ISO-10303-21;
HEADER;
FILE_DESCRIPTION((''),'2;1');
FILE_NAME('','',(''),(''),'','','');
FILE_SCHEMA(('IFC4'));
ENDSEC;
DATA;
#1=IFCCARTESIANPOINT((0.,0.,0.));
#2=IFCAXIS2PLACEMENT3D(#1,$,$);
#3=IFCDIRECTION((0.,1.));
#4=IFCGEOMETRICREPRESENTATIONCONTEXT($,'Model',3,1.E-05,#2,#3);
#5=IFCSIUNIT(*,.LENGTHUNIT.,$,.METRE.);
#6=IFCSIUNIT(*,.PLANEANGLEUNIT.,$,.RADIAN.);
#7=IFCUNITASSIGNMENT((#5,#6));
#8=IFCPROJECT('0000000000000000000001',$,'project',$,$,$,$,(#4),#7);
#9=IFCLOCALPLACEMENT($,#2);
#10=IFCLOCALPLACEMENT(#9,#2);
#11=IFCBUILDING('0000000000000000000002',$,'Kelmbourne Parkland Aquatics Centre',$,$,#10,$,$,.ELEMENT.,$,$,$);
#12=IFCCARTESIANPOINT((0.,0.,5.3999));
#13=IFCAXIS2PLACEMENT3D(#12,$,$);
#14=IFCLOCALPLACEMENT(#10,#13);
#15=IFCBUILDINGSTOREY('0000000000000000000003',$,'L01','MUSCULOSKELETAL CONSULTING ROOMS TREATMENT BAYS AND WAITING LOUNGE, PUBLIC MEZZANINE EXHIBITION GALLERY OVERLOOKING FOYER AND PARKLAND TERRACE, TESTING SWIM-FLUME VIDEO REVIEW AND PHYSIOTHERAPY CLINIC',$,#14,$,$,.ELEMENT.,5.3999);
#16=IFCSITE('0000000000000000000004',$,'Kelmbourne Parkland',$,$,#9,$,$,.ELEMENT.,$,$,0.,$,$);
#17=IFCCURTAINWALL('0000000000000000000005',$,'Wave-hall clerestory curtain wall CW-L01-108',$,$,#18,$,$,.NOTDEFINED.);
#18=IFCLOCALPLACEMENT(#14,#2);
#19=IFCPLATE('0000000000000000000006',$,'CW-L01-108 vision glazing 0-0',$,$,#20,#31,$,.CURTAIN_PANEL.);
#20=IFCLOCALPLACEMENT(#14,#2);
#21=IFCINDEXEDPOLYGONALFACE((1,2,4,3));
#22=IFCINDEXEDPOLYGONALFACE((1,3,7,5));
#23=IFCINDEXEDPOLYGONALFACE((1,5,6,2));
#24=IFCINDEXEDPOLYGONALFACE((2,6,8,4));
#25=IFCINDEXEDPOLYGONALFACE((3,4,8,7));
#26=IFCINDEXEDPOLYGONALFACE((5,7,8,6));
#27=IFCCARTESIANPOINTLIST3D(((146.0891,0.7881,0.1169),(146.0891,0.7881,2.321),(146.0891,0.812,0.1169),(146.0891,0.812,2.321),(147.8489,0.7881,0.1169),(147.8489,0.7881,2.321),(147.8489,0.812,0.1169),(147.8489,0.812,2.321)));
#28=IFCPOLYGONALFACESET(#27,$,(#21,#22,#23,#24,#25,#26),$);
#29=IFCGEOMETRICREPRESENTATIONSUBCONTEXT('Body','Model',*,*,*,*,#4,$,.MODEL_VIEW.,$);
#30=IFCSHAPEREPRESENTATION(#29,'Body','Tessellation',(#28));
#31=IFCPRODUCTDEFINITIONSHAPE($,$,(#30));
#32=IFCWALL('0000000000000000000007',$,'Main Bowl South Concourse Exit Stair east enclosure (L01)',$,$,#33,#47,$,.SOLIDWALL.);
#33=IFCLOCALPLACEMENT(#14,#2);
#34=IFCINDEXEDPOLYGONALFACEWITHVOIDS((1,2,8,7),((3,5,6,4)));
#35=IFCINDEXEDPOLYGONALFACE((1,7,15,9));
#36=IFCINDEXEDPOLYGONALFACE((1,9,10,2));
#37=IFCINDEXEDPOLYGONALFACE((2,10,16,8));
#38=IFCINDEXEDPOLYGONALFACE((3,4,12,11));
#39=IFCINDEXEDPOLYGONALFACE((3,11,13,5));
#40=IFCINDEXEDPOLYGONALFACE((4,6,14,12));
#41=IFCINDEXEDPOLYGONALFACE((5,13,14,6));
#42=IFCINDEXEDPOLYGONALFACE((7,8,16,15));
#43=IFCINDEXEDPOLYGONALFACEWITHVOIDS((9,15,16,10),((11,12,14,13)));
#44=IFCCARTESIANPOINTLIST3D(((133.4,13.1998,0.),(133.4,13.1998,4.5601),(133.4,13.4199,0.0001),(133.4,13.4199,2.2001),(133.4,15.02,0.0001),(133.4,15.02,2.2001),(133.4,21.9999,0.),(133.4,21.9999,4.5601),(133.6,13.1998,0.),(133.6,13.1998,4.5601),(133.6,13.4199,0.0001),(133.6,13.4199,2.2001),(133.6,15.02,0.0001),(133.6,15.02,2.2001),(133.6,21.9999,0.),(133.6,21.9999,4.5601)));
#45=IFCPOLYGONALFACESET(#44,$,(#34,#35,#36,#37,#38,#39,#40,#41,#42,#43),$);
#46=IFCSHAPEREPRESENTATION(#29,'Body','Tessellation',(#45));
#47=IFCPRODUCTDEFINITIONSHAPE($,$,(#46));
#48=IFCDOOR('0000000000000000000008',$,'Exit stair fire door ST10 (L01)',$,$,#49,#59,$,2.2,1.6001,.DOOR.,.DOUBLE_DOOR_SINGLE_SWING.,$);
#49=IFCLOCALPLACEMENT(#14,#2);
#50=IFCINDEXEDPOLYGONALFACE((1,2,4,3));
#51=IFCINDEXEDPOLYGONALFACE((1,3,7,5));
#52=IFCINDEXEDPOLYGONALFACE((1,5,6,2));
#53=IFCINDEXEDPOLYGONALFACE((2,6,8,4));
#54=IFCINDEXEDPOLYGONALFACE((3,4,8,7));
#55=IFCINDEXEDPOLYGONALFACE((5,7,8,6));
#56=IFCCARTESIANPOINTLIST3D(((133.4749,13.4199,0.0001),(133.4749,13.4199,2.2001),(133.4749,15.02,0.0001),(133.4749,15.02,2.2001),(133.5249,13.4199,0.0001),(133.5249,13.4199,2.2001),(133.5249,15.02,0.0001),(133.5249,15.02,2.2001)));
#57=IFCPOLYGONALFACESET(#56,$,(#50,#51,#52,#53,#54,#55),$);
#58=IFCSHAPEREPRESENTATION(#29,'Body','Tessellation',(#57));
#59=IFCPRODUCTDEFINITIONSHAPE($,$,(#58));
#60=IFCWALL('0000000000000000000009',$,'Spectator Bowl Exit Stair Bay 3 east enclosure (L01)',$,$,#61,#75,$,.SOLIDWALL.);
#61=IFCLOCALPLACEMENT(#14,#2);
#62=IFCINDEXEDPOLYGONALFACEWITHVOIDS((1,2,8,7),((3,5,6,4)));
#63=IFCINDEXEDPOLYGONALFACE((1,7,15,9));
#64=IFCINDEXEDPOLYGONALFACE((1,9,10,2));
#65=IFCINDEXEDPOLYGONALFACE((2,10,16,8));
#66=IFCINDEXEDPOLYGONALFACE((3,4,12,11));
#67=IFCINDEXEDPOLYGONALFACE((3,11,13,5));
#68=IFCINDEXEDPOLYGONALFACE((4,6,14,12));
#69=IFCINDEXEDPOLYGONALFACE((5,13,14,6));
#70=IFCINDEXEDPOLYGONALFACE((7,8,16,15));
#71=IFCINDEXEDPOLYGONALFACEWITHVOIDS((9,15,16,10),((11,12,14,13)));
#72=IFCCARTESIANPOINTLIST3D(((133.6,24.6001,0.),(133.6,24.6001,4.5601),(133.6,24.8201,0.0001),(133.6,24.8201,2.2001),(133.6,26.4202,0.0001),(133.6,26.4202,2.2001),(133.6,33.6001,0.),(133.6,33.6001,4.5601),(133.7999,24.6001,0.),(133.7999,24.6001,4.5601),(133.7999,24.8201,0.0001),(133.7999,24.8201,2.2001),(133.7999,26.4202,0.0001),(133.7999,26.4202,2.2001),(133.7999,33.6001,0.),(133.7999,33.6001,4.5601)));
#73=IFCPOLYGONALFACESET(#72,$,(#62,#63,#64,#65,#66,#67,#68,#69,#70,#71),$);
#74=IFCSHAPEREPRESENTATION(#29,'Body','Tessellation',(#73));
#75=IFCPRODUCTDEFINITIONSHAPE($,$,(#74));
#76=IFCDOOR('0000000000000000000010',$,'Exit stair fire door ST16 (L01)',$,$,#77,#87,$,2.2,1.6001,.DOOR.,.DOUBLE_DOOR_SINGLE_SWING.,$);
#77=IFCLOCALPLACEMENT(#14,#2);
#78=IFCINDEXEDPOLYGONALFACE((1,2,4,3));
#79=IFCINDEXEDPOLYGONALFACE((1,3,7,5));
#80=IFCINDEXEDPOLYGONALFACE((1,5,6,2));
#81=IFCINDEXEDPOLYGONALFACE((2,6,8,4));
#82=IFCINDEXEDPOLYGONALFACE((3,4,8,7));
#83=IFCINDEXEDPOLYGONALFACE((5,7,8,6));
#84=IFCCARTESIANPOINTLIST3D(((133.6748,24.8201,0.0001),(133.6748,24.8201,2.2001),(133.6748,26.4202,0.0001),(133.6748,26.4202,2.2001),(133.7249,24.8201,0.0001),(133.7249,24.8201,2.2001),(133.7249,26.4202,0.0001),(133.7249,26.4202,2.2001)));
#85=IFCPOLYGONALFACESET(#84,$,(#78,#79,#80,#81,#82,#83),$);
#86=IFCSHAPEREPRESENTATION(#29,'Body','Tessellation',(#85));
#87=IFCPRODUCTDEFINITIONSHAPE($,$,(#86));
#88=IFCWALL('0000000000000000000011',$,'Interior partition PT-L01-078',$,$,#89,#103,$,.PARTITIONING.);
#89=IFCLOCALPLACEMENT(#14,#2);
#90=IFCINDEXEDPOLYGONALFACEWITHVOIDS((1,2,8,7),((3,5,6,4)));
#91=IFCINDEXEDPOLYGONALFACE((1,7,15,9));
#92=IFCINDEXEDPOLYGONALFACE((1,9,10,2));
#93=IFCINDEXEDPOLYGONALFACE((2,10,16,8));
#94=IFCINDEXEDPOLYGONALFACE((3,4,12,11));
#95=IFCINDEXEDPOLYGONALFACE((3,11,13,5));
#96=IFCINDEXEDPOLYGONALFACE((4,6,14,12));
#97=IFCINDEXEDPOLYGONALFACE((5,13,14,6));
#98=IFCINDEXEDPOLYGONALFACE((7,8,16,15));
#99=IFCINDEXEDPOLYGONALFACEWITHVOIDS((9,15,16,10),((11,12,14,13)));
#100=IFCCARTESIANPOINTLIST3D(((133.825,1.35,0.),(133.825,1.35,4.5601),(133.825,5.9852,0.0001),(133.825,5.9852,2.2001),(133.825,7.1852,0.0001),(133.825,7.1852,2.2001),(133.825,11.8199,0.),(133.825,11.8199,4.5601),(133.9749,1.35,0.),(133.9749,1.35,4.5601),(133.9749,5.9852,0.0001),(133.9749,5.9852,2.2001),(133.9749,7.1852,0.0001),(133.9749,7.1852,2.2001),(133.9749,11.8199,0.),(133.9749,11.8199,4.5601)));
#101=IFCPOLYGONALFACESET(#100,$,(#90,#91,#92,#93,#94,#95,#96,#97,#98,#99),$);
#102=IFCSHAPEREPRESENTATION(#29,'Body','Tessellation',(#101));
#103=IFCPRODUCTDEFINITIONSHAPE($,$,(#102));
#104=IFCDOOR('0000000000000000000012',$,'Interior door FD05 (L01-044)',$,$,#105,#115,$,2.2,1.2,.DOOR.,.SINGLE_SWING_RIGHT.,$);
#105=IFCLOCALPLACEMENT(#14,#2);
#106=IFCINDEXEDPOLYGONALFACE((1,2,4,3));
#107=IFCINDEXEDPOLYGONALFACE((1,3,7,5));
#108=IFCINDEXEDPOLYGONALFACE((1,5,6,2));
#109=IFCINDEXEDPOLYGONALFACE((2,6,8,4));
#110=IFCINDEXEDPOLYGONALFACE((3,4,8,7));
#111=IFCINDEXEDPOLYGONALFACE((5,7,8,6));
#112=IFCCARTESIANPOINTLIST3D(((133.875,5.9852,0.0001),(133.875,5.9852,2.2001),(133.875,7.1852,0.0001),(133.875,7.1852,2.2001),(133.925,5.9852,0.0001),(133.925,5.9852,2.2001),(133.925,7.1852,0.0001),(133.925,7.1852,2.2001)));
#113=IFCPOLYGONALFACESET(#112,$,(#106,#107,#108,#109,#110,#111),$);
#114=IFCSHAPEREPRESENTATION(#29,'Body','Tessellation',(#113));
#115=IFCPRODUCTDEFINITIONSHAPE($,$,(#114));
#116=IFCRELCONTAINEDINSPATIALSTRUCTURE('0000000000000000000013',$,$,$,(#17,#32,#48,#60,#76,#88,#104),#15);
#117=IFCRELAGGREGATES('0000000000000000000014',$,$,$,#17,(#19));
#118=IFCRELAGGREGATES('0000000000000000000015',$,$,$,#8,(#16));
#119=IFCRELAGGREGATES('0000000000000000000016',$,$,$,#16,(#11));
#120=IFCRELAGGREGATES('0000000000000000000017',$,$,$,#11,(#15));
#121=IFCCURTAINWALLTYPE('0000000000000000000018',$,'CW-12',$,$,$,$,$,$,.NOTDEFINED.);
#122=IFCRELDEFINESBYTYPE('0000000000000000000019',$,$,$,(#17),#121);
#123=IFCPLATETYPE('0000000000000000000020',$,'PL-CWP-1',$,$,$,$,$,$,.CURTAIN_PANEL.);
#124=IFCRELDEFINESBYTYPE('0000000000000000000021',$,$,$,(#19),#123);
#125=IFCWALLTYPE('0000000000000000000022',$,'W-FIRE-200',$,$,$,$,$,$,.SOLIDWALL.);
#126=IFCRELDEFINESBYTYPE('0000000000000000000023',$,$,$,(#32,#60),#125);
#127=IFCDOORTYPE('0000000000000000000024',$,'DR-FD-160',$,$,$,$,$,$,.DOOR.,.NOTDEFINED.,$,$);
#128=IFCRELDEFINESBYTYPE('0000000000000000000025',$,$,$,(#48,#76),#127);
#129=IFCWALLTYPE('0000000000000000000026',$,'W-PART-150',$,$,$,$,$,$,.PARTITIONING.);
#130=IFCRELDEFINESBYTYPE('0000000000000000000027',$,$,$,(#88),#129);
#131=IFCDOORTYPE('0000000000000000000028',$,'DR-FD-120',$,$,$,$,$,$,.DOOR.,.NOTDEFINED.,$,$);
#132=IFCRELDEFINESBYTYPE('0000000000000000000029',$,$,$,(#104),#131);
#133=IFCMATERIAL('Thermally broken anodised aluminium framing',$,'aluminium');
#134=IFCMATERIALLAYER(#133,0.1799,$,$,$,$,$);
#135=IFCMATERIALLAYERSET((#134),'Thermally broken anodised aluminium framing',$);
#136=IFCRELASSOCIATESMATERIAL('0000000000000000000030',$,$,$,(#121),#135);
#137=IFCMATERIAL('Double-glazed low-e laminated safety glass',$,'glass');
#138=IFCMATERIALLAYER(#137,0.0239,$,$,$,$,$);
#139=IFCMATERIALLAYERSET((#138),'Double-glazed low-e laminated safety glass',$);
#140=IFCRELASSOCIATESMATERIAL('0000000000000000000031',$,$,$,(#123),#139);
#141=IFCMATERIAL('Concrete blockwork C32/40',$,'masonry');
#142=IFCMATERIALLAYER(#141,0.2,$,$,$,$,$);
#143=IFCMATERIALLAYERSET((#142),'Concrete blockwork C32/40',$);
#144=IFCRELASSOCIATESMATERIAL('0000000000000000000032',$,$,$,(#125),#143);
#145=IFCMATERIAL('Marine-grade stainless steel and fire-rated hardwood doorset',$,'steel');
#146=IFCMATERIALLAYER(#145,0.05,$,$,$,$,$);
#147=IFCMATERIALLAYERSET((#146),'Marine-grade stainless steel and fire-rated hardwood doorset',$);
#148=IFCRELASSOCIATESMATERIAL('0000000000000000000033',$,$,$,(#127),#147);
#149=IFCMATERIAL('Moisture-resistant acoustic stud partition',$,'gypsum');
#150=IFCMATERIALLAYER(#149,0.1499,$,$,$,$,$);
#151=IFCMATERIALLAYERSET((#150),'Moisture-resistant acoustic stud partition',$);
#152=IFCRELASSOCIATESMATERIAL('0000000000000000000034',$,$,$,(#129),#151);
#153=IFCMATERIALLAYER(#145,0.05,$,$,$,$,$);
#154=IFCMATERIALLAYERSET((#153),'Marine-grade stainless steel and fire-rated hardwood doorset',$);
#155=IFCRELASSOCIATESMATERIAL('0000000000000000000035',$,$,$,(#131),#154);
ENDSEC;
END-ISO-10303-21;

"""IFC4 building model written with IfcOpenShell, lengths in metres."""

from ifc_helpers import new_model, si_unit, direction, frame, frame_2d, origin, origin_2d, place, context, subcontext, project, spatial, rectangle, extrude, material, layer, layer_set, type_object, element, fill, aggregate, save


model = new_model("IFC4")

# Units and contexts
model_context = context("Model", 3, precision=1e-05, world=origin(), true_north=direction((0.0, 1.0)))
body_context = subcontext(model_context, "Body", "Model", "MODEL_VIEW")
ifc_project = project(units=[si_unit("LENGTHUNIT", "METRE"), si_unit("PLANEANGLEUNIT", "RADIAN")], contexts=[model_context])

# Site, building, storey
site_placement = place(None, origin())
site = spatial("IfcSite", under=ifc_project, at=site_placement, Name="Kelmbourne Parkland", CompositionType="ELEMENT", RefElevation=0.0)
building_placement = place(site_placement, origin())
building = spatial("IfcBuilding", under=site, at=building_placement, Name="Kelmbourne Parkland Aquatics Centre", CompositionType="ELEMENT")
storey_placement = place(building_placement, frame((0.0, 0.0, 5.3999)))
storey = spatial("IfcBuildingStorey", under=building, at=storey_placement, Name="L01", Description="MUSCULOSKELETAL CONSULTING ROOMS TREATMENT BAYS AND WAITING LOUNGE, PUBLIC MEZZANINE EXHIBITION GALLERY OVERLOOKING FOYER AND PARKLAND TERRACE, TESTING SWIM-FLUME VIDEO REVIEW AND PHYSIOTHERAPY CLINIC", CompositionType="ELEMENT", Elevation=5.3999)

# Shared definitions
ifc_material_1 = material(Name="Thermally broken anodised aluminium framing", Category="aluminium")

# Curtain wall
ifc_layer_1 = layer(ifc_material_1, 0.1799)
ifc_layer_set_1 = layer_set([ifc_layer_1], Name="Thermally broken anodised aluminium framing")
curtain_wall_type_1 = type_object("IfcCurtainWallType", Name="CW-12", PredefinedType="NOTDEFINED", material=ifc_layer_set_1)
curtain_wall_1_placement = place(storey_placement, origin())
curtain_wall_1 = element("IfcCurtainWall", 1, at=curtain_wall_1_placement, inside=storey, type_object=curtain_wall_type_1, Name="Wave-hall clerestory curtain wall CW-L01-108", PredefinedType="NOTDEFINED")

# Plate
ifc_material_2 = material(Name="Double-glazed low-e laminated safety glass", Category="glass")
ifc_layer_2 = layer(ifc_material_2, 0.0239)
ifc_layer_set_2 = layer_set([ifc_layer_2], Name="Double-glazed low-e laminated safety glass")
plate_type_1 = type_object("IfcPlateType", Name="PL-CWP-1", PredefinedType="CURTAIN_PANEL", material=ifc_layer_set_2)
plate_1_placement = place(storey_placement, frame((146.969, 0.8, 0.1169), z_axis=(0.0, 0.0, 1.0), x_axis=(1.0, 0.0, 0.0)))
plate_1 = element("IfcPlate", 2, at=plate_1_placement, type_object=plate_type_1, Name="CW-L01-108 vision glazing 0-0", PredefinedType="CURTAIN_PANEL", context=body_context, shape_type="SweptSolid", body=[
    extrude(rectangle(XDim=1.7598, YDim=0.0239, at=origin_2d()), origin(), (0.0, 0.0, 1.0), 2.2041),
])
aggregate(curtain_wall_1, [plate_1])

# Walls, openings, doors
ifc_material_3 = material(Name="Concrete blockwork C32/40", Category="masonry")
ifc_layer_3 = layer(ifc_material_3, 0.2)
ifc_layer_set_3 = layer_set([ifc_layer_3], Name="Concrete blockwork C32/40")
wall_type_1 = type_object("IfcWallType", Name="W-FIRE-200", PredefinedType="SOLIDWALL", material=ifc_layer_set_3)
wall_1_placement = place(storey_placement, frame((133.5, 13.2, 0.0), z_axis=(0.0, 0.0, 1.0), x_axis=(0.0, 1.0, 0.0)))
wall_1 = element("IfcWall", 3, at=wall_1_placement, inside=storey, type_object=wall_type_1, Name="Main Bowl South Concourse Exit Stair east enclosure (L01)", PredefinedType="SOLIDWALL", context=body_context, shape_type="SweptSolid", body=[
    extrude(rectangle(XDim=8.8, YDim=0.2, at=frame_2d((4.3999, 0.0))), origin(), (0.0, 0.0, 1.0), 4.5601),
])
opening_1_placement = place(wall_1_placement, frame((0.22, 0.0, 0.0)))
opening_1 = element("IfcOpeningElement", 4, at=opening_1_placement, cuts=wall_1, PredefinedType="OPENING", context=body_context, shape_type="SweptSolid", body=[
    extrude(rectangle(XDim=1.6001, YDim=2.2, at=frame_2d((0.8, 1.1001))), frame((0.0, 0.1118, 0.0), z_axis=(0.0, -1.0, 0.0), x_axis=(1.0, 0.0, 0.0)), (0.0, 0.0, 1.0), 0.2239),
])
ifc_material_4 = material(Name="Marine-grade stainless steel and fire-rated hardwood doorset", Category="steel")
ifc_layer_4 = layer(ifc_material_4, 0.05)
ifc_layer_set_4 = layer_set([ifc_layer_4], Name="Marine-grade stainless steel and fire-rated hardwood doorset")
door_type_1 = type_object("IfcDoorType", Name="DR-FD-160", OperationType="NOTDEFINED", PredefinedType="DOOR", material=ifc_layer_set_4)
door_1_placement = place(opening_1_placement, frame((1.6001, 0.0, 0.0), z_axis=(0.0, 0.0, 1.0), x_axis=(-1.0, 0.0, 0.0)))
door_1 = element("IfcDoor", 5, at=door_1_placement, inside=storey, type_object=door_type_1, Name="Exit stair fire door ST10 (L01)", OperationType="DOUBLE_DOOR_SINGLE_SWING", OverallHeight=2.2, OverallWidth=1.6001, PredefinedType="DOOR", context=body_context, shape_type="SweptSolid", body=[
    extrude(rectangle(XDim=1.6001, YDim=2.2, at=frame_2d((0.8, 1.1001))), frame((0.0, 0.0249, 0.0), z_axis=(0.0, -1.0, 0.0), x_axis=(1.0, 0.0, 0.0)), (0.0, 0.0, 1.0), 0.05),
])
fill(opening_1, door_1)
wall_2_placement = place(storey_placement, frame((133.7, 24.6001, 0.0), z_axis=(0.0, 0.0, 1.0), x_axis=(0.0, 1.0, 0.0)))
wall_2 = element("IfcWall", 6, at=wall_2_placement, inside=storey, type_object=wall_type_1, Name="Spectator Bowl Exit Stair Bay 3 east enclosure (L01)", PredefinedType="SOLIDWALL", context=body_context, shape_type="SweptSolid", body=[
    extrude(rectangle(XDim=9.0, YDim=0.2, at=frame_2d((4.5, 0.0))), origin(), (0.0, 0.0, 1.0), 4.5601),
])
opening_2_placement = place(wall_2_placement, frame((0.22, 0.0, 0.0)))
opening_2 = element("IfcOpeningElement", 7, at=opening_2_placement, cuts=wall_2, PredefinedType="OPENING", context=body_context, shape_type="SweptSolid", body=[
    extrude(rectangle(XDim=1.6001, YDim=2.2, at=frame_2d((0.8, 1.1001))), frame((0.0, 0.1118, 0.0), z_axis=(0.0, -1.0, 0.0), x_axis=(1.0, 0.0, 0.0)), (0.0, 0.0, 1.0), 0.2239),
])
door_2_placement = place(opening_2_placement, frame((1.6001, 0.0, 0.0), z_axis=(0.0, 0.0, 1.0), x_axis=(-1.0, 0.0, 0.0)))
door_2 = element("IfcDoor", 8, at=door_2_placement, inside=storey, type_object=door_type_1, Name="Exit stair fire door ST16 (L01)", OperationType="DOUBLE_DOOR_SINGLE_SWING", OverallHeight=2.2, OverallWidth=1.6001, PredefinedType="DOOR", context=body_context, shape_type="SweptSolid", body=[
    extrude(rectangle(XDim=1.6001, YDim=2.2, at=frame_2d((0.8, 1.1001))), frame((0.0, 0.0249, 0.0), z_axis=(0.0, -1.0, 0.0), x_axis=(1.0, 0.0, 0.0)), (0.0, 0.0, 1.0), 0.05),
])
fill(opening_2, door_2)
ifc_material_5 = material(Name="Moisture-resistant acoustic stud partition", Category="gypsum")
ifc_layer_5 = layer(ifc_material_5, 0.1499)
ifc_layer_set_5 = layer_set([ifc_layer_5], Name="Moisture-resistant acoustic stud partition")
wall_type_2 = type_object("IfcWallType", Name="W-PART-150", PredefinedType="PARTITIONING", material=ifc_layer_set_5)
wall_3_placement = place(storey_placement, frame((133.8999, 1.3501, 0.0), z_axis=(0.0, 0.0, 1.0), x_axis=(0.0, 1.0, 0.0)))
wall_3 = element("IfcWall", 9, at=wall_3_placement, inside=storey, type_object=wall_type_2, Name="Interior partition PT-L01-078", PredefinedType="PARTITIONING", context=body_context, shape_type="SweptSolid", body=[
    extrude(rectangle(XDim=10.47, YDim=0.1499, at=frame_2d((5.2349, 0.0))), origin(), (0.0, 0.0, 1.0), 4.5601),
])
opening_3_placement = place(wall_3_placement, frame((4.635, 0.0, 0.0)))
opening_3 = element("IfcOpeningElement", 10, at=opening_3_placement, cuts=wall_3, PredefinedType="OPENING", context=body_context, shape_type="SweptSolid", body=[
    extrude(rectangle(XDim=1.2, YDim=2.2, at=frame_2d((0.6001, 1.1001))), frame((0.0, 0.0869, 0.0), z_axis=(0.0, -1.0, 0.0), x_axis=(1.0, 0.0, 0.0)), (0.0, 0.0, 1.0), 0.1738),
])
ifc_layer_6 = layer(ifc_material_4, 0.05)
ifc_layer_set_6 = layer_set([ifc_layer_6], Name="Marine-grade stainless steel and fire-rated hardwood doorset")
door_type_2 = type_object("IfcDoorType", Name="DR-FD-120", OperationType="NOTDEFINED", PredefinedType="DOOR", material=ifc_layer_set_6)
door_3_placement = place(opening_3_placement, origin())
door_3 = element("IfcDoor", 11, at=door_3_placement, inside=storey, type_object=door_type_2, Name="Interior door FD05 (L01-044)", OperationType="SINGLE_SWING_RIGHT", OverallHeight=2.2, OverallWidth=1.2, PredefinedType="DOOR", context=body_context, shape_type="SweptSolid", body=[
    extrude(rectangle(XDim=1.2, YDim=2.2, at=frame_2d((0.6001, 1.1001))), frame((0.0, 0.0249, 0.0), z_axis=(0.0, -1.0, 0.0), x_axis=(1.0, 0.0, 0.0)), (0.0, 0.0, 1.0), 0.05),
])
fill(opening_3, door_3)

save(model, "model.ifc")
